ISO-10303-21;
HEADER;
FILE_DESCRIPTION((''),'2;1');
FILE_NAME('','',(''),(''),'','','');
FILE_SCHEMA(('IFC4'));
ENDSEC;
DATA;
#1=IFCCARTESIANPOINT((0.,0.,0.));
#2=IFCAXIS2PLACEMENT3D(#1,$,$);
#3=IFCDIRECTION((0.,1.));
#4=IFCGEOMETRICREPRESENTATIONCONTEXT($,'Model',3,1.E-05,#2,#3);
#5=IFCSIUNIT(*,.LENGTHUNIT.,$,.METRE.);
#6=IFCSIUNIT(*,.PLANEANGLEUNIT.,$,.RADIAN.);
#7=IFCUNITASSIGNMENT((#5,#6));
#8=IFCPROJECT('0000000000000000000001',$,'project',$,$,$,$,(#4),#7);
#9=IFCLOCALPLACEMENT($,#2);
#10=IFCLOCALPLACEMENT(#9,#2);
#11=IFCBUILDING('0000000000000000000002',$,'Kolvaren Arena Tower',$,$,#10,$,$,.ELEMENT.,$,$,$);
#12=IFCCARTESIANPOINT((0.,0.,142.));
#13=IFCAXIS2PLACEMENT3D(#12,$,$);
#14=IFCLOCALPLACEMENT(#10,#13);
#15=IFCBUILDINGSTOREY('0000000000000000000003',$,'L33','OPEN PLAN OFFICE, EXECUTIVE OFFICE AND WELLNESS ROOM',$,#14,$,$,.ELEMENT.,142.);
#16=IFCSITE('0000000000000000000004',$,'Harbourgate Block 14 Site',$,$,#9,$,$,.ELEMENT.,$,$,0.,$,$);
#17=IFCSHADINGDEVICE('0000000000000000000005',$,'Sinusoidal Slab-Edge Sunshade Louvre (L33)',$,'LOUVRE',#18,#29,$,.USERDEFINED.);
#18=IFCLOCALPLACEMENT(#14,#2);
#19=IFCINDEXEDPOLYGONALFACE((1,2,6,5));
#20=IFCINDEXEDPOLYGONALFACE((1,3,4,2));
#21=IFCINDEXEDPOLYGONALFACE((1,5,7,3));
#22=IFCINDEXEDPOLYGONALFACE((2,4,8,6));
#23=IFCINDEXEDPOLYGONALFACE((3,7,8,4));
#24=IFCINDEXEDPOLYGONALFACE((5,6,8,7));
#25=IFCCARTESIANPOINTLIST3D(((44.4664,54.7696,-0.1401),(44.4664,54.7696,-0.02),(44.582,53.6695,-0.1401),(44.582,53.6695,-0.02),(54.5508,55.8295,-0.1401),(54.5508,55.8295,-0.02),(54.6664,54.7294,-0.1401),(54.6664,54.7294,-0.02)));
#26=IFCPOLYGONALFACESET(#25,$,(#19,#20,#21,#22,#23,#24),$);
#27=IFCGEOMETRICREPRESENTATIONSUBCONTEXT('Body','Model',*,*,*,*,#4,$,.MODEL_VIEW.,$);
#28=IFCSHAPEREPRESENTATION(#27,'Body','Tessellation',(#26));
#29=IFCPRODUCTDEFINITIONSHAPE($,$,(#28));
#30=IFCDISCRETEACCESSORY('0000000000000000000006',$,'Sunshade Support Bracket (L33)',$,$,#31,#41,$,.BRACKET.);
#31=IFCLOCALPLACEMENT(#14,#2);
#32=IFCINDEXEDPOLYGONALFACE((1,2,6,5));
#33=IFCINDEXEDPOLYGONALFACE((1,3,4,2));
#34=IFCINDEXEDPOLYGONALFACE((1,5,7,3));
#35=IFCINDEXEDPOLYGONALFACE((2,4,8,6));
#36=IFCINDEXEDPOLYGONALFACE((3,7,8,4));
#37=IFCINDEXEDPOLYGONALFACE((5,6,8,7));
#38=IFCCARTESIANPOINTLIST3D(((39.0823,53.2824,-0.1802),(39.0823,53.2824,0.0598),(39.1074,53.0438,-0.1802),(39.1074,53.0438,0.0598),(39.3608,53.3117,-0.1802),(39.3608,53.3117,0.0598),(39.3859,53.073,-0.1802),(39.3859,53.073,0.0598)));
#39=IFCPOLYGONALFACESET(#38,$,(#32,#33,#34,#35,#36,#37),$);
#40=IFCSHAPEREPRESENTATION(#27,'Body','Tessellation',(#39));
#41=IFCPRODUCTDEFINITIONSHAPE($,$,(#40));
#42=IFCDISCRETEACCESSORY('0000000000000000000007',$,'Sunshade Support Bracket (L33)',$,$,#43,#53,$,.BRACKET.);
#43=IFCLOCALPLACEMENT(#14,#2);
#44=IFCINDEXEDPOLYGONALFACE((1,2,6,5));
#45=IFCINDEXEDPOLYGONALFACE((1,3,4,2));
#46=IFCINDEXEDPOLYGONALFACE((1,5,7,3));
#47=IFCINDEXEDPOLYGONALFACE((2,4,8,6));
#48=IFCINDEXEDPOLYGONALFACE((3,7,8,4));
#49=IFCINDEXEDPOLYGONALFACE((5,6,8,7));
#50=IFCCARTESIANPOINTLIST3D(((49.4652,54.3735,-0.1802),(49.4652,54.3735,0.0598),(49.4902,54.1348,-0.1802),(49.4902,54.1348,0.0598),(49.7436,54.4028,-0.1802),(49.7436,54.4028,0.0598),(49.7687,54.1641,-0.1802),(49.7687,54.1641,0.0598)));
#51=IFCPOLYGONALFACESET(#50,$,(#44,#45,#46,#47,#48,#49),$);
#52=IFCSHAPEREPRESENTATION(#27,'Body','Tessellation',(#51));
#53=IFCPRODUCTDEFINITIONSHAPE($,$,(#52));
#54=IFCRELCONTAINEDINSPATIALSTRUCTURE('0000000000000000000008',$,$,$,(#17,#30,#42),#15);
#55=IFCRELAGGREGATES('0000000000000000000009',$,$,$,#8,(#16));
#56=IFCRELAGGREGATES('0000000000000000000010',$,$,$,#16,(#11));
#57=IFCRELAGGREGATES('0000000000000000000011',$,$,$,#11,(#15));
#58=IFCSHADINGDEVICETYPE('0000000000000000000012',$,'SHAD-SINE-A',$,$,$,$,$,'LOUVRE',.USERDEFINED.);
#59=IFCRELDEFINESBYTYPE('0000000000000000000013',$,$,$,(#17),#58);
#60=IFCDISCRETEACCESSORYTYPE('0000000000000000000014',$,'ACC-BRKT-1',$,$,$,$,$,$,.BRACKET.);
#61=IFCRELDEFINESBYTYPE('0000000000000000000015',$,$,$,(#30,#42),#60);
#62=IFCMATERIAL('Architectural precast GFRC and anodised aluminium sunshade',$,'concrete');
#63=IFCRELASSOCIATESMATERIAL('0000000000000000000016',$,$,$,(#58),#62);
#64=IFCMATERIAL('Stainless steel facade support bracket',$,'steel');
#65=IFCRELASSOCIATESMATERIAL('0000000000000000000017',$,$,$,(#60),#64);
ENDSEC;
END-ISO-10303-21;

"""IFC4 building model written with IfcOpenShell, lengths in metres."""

from ifc_helpers import new_model, si_unit, direction, frame, origin, origin_2d, place, context, subcontext, project, spatial, rectangle, extrude, material, type_object, element, save


model = new_model("IFC4")

# Units and contexts
model_context = context("Model", 3, precision=1e-05, world=origin(), true_north=direction((0.0, 1.0)))
body_context = subcontext(model_context, "Body", "Model", "MODEL_VIEW")
ifc_project = project(units=[si_unit("LENGTHUNIT", "METRE"), si_unit("PLANEANGLEUNIT", "RADIAN")], contexts=[model_context])

# Site, building, storey
site_placement = place(None, origin())
site = spatial("IfcSite", under=ifc_project, at=site_placement, Name="Harbourgate Block 14 Site", CompositionType="ELEMENT", RefElevation=0.0)
building_placement = place(site_placement, origin())
building = spatial("IfcBuilding", under=site, at=building_placement, Name="Kolvaren Arena Tower", CompositionType="ELEMENT")
storey_placement = place(building_placement, frame((0.0, 0.0, 142.0)))
storey = spatial("IfcBuildingStorey", under=building, at=storey_placement, Name="L33", Description="OPEN PLAN OFFICE, EXECUTIVE OFFICE AND WELLNESS ROOM", CompositionType="ELEMENT", Elevation=142.0)

# Shading device
ifc_material_1 = material(Name="Architectural precast GFRC and anodised aluminium sunshade", Category="concrete")
shading_device_type = type_object("IfcShadingDeviceType", Name="SHAD-SINE-A", ElementType="LOUVRE", PredefinedType="USERDEFINED", material=ifc_material_1)
shading_device_1_placement = place(storey_placement, frame((49.5664, 54.7495, -0.1401), z_axis=(0.0, 0.0, 1.0), x_axis=(0.994522, 0.104527, 0.0)))
element("IfcShadingDevice", 1, at=shading_device_1_placement, inside=storey, type_object=shading_device_type, Name="Sinusoidal Slab-Edge Sunshade Louvre (L33)", ObjectType="LOUVRE", PredefinedType="USERDEFINED", context=body_context, shape_type="SweptSolid", body=[
    extrude(rectangle(XDim=10.1399, YDim=1.1062, at=origin_2d()), origin(), (0.0, 0.0, 1.0), 0.1201),
])

# Discrete accessories
ifc_material_2 = material(Name="Stainless steel facade support bracket", Category="steel")
discrete_accessory_type = type_object("IfcDiscreteAccessoryType", Name="ACC-BRKT-1", PredefinedType="BRACKET", material=ifc_material_2)
for number, where, z_axis, x_axis, name in (
    (2, (39.2341, 53.1777, -0.1802), (0.0, 0.0, 1.0), (0.994522, 0.104527, 0.0), "Sunshade Support Bracket (L33)"),
    (3, (49.6169, 54.2688, -0.1802), (0.0, 0.0, 1.0), (0.994522, 0.104527, 0.0), "Sunshade Support Bracket (L33)"),
):
    element("IfcDiscreteAccessory", number, at=place(storey_placement, frame(where, z_axis=z_axis, x_axis=x_axis)), inside=storey, type_object=discrete_accessory_type, Name=name, PredefinedType="BRACKET", context=body_context, shape_type="SweptSolid", body=[
        extrude(rectangle(XDim=0.28, YDim=0.24, at=origin_2d()), origin(), (0.0, 0.0, 1.0), 0.24),
    ])

save(model, "model.ifc")
